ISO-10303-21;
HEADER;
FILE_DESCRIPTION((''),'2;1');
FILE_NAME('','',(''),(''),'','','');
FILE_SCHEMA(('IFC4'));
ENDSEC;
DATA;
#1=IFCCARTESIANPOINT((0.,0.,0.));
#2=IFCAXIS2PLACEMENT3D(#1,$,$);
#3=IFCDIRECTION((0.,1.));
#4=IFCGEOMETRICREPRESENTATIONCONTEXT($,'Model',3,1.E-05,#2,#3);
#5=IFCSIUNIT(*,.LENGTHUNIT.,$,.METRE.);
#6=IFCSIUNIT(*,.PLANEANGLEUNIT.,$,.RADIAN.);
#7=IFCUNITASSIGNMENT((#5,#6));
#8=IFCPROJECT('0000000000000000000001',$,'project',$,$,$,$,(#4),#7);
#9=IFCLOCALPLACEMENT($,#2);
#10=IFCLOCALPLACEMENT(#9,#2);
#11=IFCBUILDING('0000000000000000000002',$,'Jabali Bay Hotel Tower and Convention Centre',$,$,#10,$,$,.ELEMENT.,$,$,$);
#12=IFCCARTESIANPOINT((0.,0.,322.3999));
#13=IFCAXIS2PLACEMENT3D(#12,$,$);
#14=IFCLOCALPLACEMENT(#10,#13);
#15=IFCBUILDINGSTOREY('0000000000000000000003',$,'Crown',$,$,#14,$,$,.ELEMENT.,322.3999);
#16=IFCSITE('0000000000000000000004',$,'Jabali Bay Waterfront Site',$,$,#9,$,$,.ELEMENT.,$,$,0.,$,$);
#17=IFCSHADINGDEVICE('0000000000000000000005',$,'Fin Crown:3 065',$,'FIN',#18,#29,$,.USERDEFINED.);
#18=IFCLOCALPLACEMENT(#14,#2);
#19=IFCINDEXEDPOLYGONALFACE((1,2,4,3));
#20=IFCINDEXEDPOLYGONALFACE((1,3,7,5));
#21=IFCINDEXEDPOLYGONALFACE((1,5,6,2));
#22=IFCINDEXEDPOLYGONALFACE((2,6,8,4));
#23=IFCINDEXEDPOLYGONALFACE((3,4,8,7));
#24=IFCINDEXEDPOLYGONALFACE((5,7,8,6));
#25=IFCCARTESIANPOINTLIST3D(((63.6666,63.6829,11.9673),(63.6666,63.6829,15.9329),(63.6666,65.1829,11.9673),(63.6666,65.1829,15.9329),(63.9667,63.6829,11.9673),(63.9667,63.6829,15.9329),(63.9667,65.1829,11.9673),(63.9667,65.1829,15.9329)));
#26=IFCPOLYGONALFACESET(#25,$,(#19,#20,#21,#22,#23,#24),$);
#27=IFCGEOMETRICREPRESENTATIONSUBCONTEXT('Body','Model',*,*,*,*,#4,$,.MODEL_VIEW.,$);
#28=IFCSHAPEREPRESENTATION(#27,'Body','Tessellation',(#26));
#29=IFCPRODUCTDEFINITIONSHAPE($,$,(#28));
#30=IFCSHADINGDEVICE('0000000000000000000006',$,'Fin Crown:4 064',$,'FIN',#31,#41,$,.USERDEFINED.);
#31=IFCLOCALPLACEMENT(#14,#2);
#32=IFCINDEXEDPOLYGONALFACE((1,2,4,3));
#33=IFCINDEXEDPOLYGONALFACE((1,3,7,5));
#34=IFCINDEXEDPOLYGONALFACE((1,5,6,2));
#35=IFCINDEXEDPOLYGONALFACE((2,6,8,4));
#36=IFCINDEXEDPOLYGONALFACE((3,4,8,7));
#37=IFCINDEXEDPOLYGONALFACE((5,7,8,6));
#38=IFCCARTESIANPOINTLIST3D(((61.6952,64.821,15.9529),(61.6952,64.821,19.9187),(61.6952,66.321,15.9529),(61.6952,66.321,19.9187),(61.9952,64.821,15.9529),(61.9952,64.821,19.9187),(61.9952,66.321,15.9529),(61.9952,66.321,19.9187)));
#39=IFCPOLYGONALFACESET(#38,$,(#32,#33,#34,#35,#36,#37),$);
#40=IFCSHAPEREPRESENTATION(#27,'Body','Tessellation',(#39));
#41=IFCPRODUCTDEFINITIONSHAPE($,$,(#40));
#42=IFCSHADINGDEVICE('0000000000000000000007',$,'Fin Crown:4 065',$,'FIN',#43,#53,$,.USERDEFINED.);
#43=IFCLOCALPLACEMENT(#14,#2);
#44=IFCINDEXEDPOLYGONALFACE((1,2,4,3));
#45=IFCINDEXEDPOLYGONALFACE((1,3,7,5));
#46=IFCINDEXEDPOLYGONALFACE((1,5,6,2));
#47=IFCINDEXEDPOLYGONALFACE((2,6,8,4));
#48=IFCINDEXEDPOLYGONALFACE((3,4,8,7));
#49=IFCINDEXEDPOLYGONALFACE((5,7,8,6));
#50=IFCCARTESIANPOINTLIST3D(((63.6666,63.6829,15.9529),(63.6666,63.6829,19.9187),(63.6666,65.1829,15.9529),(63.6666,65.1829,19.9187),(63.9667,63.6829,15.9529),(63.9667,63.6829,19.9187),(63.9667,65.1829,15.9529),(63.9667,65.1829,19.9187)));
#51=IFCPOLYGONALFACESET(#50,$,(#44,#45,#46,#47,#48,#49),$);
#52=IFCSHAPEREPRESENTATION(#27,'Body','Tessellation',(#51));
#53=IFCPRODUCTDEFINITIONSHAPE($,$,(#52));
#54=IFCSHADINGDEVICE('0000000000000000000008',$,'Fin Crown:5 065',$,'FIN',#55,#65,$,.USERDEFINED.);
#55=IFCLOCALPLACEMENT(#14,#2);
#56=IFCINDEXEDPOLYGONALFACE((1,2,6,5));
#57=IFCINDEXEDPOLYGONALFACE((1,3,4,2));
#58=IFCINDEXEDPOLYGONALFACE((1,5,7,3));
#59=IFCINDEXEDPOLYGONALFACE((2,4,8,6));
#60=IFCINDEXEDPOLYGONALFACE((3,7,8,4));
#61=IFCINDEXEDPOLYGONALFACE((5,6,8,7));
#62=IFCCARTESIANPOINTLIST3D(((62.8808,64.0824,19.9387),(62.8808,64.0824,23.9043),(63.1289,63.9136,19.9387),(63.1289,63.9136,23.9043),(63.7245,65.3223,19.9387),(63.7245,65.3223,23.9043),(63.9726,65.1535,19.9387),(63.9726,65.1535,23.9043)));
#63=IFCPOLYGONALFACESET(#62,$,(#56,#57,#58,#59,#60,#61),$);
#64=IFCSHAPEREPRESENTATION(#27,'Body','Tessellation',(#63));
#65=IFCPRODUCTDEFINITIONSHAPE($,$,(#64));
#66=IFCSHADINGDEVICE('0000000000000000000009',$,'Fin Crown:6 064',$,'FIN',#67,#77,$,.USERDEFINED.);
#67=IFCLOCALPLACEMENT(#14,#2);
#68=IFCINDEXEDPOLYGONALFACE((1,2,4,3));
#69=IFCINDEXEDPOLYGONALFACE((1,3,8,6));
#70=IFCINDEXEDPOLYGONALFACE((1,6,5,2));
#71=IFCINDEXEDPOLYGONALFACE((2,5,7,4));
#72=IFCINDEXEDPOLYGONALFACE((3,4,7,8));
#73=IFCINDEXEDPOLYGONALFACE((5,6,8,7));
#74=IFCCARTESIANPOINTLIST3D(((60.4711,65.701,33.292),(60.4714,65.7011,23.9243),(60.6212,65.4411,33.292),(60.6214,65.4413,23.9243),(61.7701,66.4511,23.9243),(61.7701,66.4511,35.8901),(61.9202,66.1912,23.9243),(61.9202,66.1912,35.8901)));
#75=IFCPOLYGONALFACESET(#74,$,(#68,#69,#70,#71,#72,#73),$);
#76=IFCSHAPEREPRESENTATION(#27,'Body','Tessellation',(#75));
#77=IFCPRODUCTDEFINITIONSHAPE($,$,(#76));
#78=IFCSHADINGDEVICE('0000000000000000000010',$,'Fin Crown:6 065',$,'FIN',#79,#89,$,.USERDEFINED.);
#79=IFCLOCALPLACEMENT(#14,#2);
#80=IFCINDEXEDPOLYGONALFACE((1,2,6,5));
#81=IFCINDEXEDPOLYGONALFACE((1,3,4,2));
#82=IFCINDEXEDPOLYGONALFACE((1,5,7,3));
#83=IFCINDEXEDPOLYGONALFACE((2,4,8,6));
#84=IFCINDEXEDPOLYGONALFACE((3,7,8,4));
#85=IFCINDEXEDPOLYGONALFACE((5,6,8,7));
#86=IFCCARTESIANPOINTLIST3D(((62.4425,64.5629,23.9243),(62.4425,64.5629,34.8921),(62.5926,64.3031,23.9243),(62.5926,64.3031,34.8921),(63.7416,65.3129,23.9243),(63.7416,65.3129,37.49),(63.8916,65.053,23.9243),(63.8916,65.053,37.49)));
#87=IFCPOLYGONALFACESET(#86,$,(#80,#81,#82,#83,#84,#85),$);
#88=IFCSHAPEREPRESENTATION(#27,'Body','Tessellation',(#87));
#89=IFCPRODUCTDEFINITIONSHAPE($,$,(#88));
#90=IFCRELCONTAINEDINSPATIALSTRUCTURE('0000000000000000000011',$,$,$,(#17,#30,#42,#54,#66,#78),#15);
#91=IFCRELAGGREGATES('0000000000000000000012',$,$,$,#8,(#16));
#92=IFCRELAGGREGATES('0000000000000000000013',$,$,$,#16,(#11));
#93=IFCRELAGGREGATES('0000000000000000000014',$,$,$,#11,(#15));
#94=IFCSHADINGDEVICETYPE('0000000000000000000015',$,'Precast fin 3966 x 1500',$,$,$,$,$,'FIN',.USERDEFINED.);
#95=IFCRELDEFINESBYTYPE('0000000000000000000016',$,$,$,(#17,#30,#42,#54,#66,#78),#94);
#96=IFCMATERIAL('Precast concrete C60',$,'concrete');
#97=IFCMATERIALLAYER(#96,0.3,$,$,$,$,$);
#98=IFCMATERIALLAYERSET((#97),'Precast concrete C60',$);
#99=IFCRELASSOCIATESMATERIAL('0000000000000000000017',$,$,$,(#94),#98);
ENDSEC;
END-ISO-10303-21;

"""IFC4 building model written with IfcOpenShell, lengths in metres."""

from ifc_helpers import new_model, si_unit, direction, frame, frame_2d, origin, place, context, subcontext, project, spatial, polyline, rectangle, outline, extrude, material, layer, layer_set, type_object, element, save


model = new_model("IFC4")

# Units and contexts
model_context = context("Model", 3, precision=1e-05, world=origin(), true_north=direction((0.0, 1.0)))
body_context = subcontext(model_context, "Body", "Model", "MODEL_VIEW")
ifc_project = project(units=[si_unit("LENGTHUNIT", "METRE"), si_unit("PLANEANGLEUNIT", "RADIAN")], contexts=[model_context])

# Site, building, storey
site_placement = place(None, origin())
site = spatial("IfcSite", under=ifc_project, at=site_placement, Name="Jabali Bay Waterfront Site", CompositionType="ELEMENT", RefElevation=0.0)
building_placement = place(site_placement, origin())
building = spatial("IfcBuilding", under=site, at=building_placement, Name="Jabali Bay Hotel Tower and Convention Centre", CompositionType="ELEMENT")
storey_placement = place(building_placement, frame((0.0, 0.0, 322.3999)))
storey = spatial("IfcBuildingStorey", under=building, at=storey_placement, Name="Crown", CompositionType="ELEMENT", Elevation=322.3999)

# Shared definitions
ifc_material_1 = material(Name="Precast concrete C60", Category="concrete")

# Shading devices
ifc_layer_1 = layer(ifc_material_1, 0.3)
ifc_layer_set_1 = layer_set([ifc_layer_1], Name="Precast concrete C60")
shading_device_type_1 = type_object("IfcShadingDeviceType", Name="Precast fin 3966 x 1500", ElementType="FIN", PredefinedType="USERDEFINED", material=ifc_layer_set_1)
shading_device_1_placement = place(storey_placement, frame((63.8167, 65.1829, 11.9673), z_axis=(0.0, 0.0, 1.0), x_axis=(0.0, -1.0, 0.0)))
element("IfcShadingDevice", 1, at=shading_device_1_placement, inside=storey, type_object=shading_device_type_1, Name="Fin Crown:3 065", ObjectType="FIN", PredefinedType="USERDEFINED", context=body_context, shape_type="SweptSolid", body=[
    extrude(rectangle(XDim=1.5, YDim=0.3, at=frame_2d((0.75, 0.0))), origin(), (0.0, 0.0, 1.0), 3.9656),
])
for number, where, z_axis, x_axis, name in (
    (2, (61.8452, 66.321, 15.9529), (0.0, 0.0, 1.0), (0.0, -1.0, 0.0), "Fin Crown:4 064"),
    (3, (63.8167, 65.1829, 15.9529), (0.0, 0.0, 1.0), (0.0, -1.0, 0.0), "Fin Crown:4 065"),
):
    element("IfcShadingDevice", number, at=place(storey_placement, frame(where, z_axis=z_axis, x_axis=x_axis)), inside=storey, type_object=shading_device_type_1, Name=name, ObjectType="FIN", PredefinedType="USERDEFINED", context=body_context, shape_type="SweptSolid", body=[
        extrude(rectangle(XDim=1.5, YDim=0.3, at=frame_2d((0.75, 0.0))), origin(), (0.0, 0.0, 1.0), 3.9658),
    ])
shading_device_2_placement = place(storey_placement, frame((63.8486, 65.238, 19.9387), z_axis=(0.0, 0.0, 1.0), x_axis=(-0.562564, -0.826754, 0.0)))
element("IfcShadingDevice", 4, at=shading_device_2_placement, inside=storey, type_object=shading_device_type_1, Name="Fin Crown:5 065", ObjectType="FIN", PredefinedType="USERDEFINED", context=body_context, shape_type="SweptSolid", body=[
    extrude(rectangle(XDim=1.4998, YDim=0.3, at=frame_2d((0.75, 0.0))), origin(), (0.0, 0.0, 1.0), 3.9656),
])
shading_device_3_placement = place(storey_placement, frame((61.8452, 66.321, 23.9243), z_axis=(0.0, 0.0, 1.0), x_axis=(-0.86599, -0.500061, 0.0)))
element("IfcShadingDevice", 5, at=shading_device_3_placement, inside=storey, type_object=shading_device_type_1, Name="Fin Crown:6 064", ObjectType="FIN", PredefinedType="USERDEFINED", context=body_context, shape_type="SweptSolid", body=[
    extrude(outline(polyline([(0.0, 0.0), (1.4998, 0.0), (1.5, 9.3677), (0.0, 11.9658), (0.0, 0.0)])), frame((0.0, 0.1499, 0.0), z_axis=(0.0, -1.0, 0.0), x_axis=(1.0, 0.0, 0.0)), (0.0, 0.0, 1.0), 0.3),
])
shading_device_4_placement = place(storey_placement, frame((63.8167, 65.1829, 23.9243), z_axis=(0.0, 0.0, 1.0), x_axis=(-0.866031, -0.49999, 0.0)))
element("IfcShadingDevice", 6, at=shading_device_4_placement, inside=storey, type_object=shading_device_type_1, Name="Fin Crown:6 065", ObjectType="FIN", PredefinedType="USERDEFINED", context=body_context, shape_type="SweptSolid", body=[
    extrude(outline(polyline([(0.0, 0.0), (1.5, 0.0), (1.5, 10.9678), (0.0, 13.5657), (0.0, 0.0)])), frame((0.0, 0.1499, 0.0), z_axis=(0.0, -1.0, 0.0), x_axis=(1.0, 0.0, 0.0)), (0.0, 0.0, 1.0), 0.3),
])

save(model, "model.ifc")
